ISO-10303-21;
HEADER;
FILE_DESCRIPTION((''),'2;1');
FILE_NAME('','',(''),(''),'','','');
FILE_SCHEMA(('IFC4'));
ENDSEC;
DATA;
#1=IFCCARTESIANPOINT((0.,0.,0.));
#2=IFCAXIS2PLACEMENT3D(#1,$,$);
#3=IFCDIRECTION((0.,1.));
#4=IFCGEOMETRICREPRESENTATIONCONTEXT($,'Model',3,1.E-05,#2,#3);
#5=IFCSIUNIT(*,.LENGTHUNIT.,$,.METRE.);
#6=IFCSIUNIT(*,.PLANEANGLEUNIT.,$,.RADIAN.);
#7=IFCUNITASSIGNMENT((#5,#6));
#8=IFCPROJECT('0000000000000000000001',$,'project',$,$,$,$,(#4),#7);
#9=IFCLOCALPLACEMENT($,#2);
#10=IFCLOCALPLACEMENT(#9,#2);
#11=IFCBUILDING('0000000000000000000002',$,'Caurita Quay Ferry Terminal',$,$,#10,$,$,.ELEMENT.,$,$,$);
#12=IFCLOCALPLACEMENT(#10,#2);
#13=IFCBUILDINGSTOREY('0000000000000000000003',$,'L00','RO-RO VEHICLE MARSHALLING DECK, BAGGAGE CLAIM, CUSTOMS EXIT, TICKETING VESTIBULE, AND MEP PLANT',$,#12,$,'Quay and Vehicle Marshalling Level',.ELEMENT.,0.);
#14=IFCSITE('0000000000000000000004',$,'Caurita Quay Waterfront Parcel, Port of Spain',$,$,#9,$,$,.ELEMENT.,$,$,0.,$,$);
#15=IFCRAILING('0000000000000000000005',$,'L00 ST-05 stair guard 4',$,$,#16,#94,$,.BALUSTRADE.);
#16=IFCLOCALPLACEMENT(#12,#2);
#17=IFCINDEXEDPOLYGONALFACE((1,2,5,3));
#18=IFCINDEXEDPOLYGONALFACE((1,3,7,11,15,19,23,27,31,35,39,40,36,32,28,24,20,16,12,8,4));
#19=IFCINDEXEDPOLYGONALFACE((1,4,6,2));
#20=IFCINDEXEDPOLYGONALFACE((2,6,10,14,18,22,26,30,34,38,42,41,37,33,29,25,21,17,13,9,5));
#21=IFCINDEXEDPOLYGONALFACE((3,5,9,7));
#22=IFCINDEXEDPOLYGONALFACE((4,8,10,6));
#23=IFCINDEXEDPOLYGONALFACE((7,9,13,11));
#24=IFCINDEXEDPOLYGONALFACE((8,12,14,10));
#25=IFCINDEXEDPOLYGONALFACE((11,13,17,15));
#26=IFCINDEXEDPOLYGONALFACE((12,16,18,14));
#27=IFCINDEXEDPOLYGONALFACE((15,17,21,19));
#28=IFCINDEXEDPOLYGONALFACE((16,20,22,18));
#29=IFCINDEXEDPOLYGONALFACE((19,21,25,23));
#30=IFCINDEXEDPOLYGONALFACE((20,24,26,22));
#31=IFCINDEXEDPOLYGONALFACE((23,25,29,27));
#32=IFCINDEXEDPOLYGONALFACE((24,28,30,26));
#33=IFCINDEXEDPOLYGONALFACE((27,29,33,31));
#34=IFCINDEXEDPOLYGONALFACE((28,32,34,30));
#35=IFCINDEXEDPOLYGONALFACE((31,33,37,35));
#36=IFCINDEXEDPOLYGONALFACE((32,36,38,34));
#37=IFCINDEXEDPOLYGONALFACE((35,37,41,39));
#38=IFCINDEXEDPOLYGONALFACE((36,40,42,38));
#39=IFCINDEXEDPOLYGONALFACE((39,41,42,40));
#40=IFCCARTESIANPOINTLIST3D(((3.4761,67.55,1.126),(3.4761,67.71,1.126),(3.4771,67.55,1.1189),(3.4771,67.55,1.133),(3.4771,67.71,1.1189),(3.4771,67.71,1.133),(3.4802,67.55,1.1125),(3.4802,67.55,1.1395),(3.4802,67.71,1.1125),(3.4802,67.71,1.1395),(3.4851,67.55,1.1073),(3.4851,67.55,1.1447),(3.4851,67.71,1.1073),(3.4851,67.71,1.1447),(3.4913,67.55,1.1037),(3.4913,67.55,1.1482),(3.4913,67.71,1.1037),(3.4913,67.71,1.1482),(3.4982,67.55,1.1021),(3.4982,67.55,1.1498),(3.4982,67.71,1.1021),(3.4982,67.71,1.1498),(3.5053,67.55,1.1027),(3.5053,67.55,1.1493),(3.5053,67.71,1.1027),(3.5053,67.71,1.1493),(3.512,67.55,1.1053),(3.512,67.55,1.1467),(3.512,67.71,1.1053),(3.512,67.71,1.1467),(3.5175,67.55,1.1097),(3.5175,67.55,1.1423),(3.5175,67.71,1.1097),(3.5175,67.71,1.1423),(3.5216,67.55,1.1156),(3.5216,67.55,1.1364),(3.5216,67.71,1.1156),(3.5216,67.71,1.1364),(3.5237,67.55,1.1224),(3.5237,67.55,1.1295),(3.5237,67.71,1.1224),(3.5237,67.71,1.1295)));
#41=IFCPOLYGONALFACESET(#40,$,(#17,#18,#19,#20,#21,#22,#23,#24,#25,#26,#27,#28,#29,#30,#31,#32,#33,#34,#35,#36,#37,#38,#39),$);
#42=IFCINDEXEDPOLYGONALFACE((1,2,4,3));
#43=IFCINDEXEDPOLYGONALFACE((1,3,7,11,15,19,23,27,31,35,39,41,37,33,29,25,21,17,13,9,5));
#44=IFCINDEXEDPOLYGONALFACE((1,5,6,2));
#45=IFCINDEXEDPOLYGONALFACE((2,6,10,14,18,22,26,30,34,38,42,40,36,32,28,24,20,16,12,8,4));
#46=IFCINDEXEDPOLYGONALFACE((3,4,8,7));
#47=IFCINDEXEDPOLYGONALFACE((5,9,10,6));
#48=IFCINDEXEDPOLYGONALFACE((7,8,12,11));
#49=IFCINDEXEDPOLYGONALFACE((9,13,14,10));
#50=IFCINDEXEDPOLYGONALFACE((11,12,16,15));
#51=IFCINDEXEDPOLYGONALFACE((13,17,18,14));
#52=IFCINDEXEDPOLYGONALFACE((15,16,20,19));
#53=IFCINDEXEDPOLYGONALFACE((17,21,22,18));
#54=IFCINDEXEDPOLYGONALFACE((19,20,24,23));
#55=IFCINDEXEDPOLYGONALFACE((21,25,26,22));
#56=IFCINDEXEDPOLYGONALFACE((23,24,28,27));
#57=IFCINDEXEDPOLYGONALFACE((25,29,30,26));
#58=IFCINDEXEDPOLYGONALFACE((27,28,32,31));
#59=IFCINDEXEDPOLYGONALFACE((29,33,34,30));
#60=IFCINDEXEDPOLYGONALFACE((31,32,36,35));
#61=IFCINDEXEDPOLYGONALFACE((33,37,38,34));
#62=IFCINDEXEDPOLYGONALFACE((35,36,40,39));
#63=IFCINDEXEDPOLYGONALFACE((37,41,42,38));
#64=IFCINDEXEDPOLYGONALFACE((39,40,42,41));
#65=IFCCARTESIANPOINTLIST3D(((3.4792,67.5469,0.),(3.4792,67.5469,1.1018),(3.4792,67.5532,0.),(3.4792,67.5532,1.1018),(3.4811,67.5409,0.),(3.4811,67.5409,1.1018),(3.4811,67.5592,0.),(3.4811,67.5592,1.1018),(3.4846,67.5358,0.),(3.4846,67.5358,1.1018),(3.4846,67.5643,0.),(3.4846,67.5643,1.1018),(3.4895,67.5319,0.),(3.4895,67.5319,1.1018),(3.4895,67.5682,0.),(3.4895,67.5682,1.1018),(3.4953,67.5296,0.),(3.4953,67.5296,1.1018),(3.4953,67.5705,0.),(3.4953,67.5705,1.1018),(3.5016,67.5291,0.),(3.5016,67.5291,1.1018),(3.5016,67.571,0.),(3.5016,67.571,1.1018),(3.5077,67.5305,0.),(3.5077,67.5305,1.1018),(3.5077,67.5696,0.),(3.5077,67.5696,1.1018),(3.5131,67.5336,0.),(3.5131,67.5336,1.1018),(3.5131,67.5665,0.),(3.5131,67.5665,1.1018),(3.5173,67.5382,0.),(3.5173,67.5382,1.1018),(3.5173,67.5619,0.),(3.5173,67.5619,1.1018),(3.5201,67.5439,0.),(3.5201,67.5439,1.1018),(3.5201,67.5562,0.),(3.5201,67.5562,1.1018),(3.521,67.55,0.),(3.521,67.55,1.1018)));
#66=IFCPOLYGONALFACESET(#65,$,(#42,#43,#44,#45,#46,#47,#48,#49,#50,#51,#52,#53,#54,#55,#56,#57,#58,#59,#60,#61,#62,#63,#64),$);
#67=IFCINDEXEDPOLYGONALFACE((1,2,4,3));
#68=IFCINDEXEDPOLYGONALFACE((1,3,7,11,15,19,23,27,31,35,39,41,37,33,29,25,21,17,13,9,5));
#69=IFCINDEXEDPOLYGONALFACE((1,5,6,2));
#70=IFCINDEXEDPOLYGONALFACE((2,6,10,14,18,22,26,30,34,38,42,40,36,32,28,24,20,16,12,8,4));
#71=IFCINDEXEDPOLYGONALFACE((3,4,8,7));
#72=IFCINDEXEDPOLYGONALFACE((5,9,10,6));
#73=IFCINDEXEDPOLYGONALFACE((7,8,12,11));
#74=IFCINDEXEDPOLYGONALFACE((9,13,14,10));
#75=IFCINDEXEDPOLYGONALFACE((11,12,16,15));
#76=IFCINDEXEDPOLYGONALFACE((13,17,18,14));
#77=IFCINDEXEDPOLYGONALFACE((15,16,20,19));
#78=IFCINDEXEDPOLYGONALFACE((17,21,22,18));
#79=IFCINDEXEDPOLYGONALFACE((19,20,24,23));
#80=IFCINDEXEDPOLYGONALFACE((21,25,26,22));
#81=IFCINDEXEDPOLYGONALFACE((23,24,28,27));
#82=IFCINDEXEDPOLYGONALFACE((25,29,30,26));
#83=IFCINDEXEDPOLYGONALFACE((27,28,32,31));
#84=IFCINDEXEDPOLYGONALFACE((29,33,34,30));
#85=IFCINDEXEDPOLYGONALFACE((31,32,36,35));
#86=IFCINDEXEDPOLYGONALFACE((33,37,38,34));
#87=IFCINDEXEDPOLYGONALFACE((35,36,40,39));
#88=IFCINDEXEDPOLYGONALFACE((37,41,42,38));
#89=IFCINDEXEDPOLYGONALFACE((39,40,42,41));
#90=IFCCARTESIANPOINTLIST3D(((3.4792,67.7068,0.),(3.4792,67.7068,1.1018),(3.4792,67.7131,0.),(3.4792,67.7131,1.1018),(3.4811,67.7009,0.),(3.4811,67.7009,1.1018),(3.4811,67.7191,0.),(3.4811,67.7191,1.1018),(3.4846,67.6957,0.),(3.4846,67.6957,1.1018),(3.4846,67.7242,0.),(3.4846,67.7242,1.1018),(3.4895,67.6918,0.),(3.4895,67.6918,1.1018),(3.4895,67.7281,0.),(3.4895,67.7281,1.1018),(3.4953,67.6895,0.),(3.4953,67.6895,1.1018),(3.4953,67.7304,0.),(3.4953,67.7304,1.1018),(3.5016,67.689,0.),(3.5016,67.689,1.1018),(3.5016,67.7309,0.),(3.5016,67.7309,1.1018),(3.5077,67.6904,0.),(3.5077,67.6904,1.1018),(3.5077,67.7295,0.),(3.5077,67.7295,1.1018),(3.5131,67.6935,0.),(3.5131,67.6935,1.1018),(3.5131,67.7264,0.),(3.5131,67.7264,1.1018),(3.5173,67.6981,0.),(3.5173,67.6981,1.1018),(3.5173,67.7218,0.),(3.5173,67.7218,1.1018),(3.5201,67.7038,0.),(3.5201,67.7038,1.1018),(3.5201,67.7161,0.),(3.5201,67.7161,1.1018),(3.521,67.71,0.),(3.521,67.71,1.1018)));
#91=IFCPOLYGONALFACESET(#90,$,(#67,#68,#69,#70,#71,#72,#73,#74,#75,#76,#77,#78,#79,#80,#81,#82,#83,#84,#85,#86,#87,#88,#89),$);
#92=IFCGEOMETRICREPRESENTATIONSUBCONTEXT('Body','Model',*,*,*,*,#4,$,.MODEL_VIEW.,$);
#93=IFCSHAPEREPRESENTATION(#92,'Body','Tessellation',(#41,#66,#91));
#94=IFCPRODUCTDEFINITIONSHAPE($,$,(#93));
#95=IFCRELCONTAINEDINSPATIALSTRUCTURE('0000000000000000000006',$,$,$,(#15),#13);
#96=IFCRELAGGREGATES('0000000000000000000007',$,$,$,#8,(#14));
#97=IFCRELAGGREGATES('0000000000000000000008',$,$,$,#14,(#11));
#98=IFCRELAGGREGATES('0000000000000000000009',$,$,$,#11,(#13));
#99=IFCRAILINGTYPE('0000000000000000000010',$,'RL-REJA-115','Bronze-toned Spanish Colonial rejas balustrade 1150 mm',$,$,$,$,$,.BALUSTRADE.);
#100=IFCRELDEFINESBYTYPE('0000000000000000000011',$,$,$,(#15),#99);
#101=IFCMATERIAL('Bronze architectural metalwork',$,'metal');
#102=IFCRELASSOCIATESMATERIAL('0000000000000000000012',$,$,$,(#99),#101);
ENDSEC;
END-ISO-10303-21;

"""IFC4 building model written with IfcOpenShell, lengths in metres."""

from ifc_helpers import new_model, si_unit, direction, frame, origin, origin_2d, place, context, subcontext, project, spatial, circle, extrude, material, type_object, element, save


model = new_model("IFC4")

# Units and contexts
model_context = context("Model", 3, precision=1e-05, world=origin(), true_north=direction((0.0, 1.0)))
body_context = subcontext(model_context, "Body", "Model", "MODEL_VIEW")
ifc_project = project(units=[si_unit("LENGTHUNIT", "METRE"), si_unit("PLANEANGLEUNIT", "RADIAN")], contexts=[model_context])

# Site, building, storey
site_placement = place(None, origin())
site = spatial("IfcSite", under=ifc_project, at=site_placement, Name="Caurita Quay Waterfront Parcel, Port of Spain", CompositionType="ELEMENT", RefElevation=0.0)
building_placement = place(site_placement, origin())
building = spatial("IfcBuilding", under=site, at=building_placement, Name="Caurita Quay Ferry Terminal", CompositionType="ELEMENT")
storey_placement = place(building_placement, origin())
storey = spatial("IfcBuildingStorey", under=building, at=storey_placement, Name="L00", Description="RO-RO VEHICLE MARSHALLING DECK, BAGGAGE CLAIM, CUSTOMS EXIT, TICKETING VESTIBULE, AND MEP PLANT", LongName="Quay and Vehicle Marshalling Level", CompositionType="ELEMENT", Elevation=0.0)

# Railing
ifc_material_1 = material(Name="Bronze architectural metalwork", Category="metal")
railing_type = type_object("IfcRailingType", Name="RL-REJA-115", Description="Bronze-toned Spanish Colonial rejas balustrade 1150 mm", PredefinedType="BALUSTRADE", material=ifc_material_1)
railing_1_placement = place(storey_placement, frame((3.5, 67.55, 0.0)))
element("IfcRailing", 1, at=railing_1_placement, inside=storey, type_object=railing_type, Name="L00 ST-05 stair guard 4", PredefinedType="BALUSTRADE", context=body_context, shape_type="SweptSolid", body=[
    extrude(circle(Radius=0.0239, at=origin_2d()), frame((0.0, 0.0, 1.126), z_axis=(0.0, 1.0, 0.0), x_axis=(-1.0, 0.0, 0.0)), (0.0, 0.0, 1.0), 0.1599),
    extrude(circle(Radius=0.021, at=origin_2d()), origin(), (0.0, 0.0, 1.0), 1.1018),
    extrude(circle(Radius=0.021, at=origin_2d()), frame((0.0, 0.1599, 0.0)), (0.0, 0.0, 1.0), 1.1018),
])

save(model, "model.ifc")
